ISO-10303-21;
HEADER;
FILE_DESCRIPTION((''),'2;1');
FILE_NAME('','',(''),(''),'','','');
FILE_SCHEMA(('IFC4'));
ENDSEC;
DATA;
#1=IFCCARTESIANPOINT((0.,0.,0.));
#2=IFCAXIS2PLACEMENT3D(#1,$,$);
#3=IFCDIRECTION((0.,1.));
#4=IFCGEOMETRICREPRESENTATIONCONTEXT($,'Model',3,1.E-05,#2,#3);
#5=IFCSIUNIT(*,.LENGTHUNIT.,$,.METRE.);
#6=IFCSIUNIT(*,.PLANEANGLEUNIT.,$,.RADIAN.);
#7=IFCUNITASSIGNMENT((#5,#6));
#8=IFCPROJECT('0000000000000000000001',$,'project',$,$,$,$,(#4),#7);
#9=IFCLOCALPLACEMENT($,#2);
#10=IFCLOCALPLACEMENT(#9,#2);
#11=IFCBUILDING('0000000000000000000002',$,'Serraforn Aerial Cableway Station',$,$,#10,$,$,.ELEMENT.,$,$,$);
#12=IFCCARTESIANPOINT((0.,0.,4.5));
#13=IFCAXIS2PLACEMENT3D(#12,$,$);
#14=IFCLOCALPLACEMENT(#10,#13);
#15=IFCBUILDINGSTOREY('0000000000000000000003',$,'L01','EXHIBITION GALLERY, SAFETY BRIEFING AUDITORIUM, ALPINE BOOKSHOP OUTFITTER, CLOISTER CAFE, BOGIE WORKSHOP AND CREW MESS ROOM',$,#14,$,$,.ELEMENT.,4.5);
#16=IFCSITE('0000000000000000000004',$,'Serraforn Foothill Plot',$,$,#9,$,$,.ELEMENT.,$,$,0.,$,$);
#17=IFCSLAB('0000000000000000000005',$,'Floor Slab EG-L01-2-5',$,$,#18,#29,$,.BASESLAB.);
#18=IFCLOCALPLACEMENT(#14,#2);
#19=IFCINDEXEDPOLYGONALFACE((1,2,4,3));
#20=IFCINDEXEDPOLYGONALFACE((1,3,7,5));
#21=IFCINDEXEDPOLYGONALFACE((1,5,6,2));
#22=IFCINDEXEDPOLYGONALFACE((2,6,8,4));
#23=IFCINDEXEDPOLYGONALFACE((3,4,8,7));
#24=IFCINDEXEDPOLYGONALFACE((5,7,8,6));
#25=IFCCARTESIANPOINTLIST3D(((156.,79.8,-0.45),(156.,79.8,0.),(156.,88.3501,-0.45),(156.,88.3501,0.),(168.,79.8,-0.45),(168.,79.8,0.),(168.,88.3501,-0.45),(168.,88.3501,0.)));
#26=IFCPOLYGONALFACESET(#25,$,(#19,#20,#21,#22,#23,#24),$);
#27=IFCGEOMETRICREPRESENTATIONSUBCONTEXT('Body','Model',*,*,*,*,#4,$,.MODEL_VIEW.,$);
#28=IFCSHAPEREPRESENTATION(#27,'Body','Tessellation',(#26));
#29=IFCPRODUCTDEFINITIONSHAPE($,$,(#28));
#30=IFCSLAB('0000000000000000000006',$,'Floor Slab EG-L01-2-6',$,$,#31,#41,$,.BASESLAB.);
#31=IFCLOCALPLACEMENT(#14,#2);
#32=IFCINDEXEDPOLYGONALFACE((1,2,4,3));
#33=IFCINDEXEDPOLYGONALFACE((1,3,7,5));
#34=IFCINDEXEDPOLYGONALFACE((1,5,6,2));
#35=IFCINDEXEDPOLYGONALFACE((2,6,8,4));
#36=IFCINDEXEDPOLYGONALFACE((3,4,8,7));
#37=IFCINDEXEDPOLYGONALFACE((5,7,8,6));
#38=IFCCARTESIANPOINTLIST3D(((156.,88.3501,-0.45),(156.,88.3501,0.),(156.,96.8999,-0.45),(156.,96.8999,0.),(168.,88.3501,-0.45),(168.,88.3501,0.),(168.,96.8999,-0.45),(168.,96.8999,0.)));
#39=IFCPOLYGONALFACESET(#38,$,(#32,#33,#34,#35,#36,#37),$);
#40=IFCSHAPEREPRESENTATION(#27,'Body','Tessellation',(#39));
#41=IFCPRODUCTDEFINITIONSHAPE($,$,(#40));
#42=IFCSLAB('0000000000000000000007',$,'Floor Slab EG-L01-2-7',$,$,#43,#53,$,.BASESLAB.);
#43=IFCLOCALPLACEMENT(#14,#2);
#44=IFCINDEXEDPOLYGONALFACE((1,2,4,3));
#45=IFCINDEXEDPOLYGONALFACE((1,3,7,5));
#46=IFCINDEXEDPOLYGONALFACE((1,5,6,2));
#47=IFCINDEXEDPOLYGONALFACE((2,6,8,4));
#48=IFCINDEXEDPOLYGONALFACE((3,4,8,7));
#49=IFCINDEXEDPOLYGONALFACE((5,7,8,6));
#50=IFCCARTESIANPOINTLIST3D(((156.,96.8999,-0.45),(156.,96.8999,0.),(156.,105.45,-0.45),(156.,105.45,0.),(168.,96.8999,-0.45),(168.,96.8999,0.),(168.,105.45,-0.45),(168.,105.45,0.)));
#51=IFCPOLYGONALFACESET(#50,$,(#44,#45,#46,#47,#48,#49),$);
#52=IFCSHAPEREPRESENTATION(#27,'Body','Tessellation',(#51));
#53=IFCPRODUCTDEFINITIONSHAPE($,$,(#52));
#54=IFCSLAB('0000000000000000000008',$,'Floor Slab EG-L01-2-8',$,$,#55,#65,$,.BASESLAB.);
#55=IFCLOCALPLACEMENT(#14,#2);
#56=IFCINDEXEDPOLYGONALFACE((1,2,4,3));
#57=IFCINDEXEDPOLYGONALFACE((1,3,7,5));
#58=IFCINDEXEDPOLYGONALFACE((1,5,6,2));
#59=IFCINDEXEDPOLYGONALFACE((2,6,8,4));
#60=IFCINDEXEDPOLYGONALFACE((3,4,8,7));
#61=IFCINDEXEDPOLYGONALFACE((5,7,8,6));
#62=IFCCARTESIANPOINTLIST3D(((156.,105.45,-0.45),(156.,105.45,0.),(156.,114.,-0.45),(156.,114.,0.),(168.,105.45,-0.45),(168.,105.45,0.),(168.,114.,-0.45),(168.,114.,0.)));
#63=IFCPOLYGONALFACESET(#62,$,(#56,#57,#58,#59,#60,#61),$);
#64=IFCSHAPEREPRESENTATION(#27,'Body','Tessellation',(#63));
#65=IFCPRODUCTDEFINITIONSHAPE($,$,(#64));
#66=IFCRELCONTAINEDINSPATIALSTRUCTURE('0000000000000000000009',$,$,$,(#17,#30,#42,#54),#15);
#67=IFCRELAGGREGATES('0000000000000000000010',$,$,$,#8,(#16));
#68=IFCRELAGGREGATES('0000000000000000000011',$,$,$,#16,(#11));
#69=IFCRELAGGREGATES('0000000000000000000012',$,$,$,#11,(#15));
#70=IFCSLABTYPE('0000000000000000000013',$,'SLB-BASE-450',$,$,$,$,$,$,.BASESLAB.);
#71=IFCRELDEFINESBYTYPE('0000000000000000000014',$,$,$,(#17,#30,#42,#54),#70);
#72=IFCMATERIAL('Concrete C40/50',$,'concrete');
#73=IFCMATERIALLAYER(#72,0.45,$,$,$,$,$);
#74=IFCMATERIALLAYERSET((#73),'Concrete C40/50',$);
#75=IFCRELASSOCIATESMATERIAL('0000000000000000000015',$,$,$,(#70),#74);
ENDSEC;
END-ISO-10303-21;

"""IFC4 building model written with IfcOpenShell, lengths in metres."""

from ifc_helpers import new_model, si_unit, direction, frame, origin, place, context, subcontext, project, spatial, polyline, outline, extrude, material, layer, layer_set, type_object, element, save


model = new_model("IFC4")

# Units and contexts
model_context = context("Model", 3, precision=1e-05, world=origin(), true_north=direction((0.0, 1.0)))
body_context = subcontext(model_context, "Body", "Model", "MODEL_VIEW")
ifc_project = project(units=[si_unit("LENGTHUNIT", "METRE"), si_unit("PLANEANGLEUNIT", "RADIAN")], contexts=[model_context])

# Site, building, storey
site_placement = place(None, origin())
site = spatial("IfcSite", under=ifc_project, at=site_placement, Name="Serraforn Foothill Plot", CompositionType="ELEMENT", RefElevation=0.0)
building_placement = place(site_placement, origin())
building = spatial("IfcBuilding", under=site, at=building_placement, Name="Serraforn Aerial Cableway Station", CompositionType="ELEMENT")
storey_placement = place(building_placement, frame((0.0, 0.0, 4.5)))
storey = spatial("IfcBuildingStorey", under=building, at=storey_placement, Name="L01", Description="EXHIBITION GALLERY, SAFETY BRIEFING AUDITORIUM, ALPINE BOOKSHOP OUTFITTER, CLOISTER CAFE, BOGIE WORKSHOP AND CREW MESS ROOM", CompositionType="ELEMENT", Elevation=4.5)

# Slabs
ifc_material_1 = material(Name="Concrete C40/50", Category="concrete")
ifc_layer_1 = layer(ifc_material_1, 0.45)
ifc_layer_set_1 = layer_set([ifc_layer_1], Name="Concrete C40/50")
slab_type_1 = type_object("IfcSlabType", Name="SLB-BASE-450", PredefinedType="BASESLAB", material=ifc_layer_set_1)
slab_1_placement = place(storey_placement, frame((0.0, 0.0, -0.45)))
element("IfcSlab", 1, at=slab_1_placement, inside=storey, type_object=slab_type_1, Name="Floor Slab EG-L01-2-5", PredefinedType="BASESLAB", context=body_context, shape_type="SweptSolid", body=[
    extrude(outline(polyline([(156.0, 79.8), (168.0, 79.8), (168.0, 88.3501), (156.0, 88.3501), (156.0, 79.8)])), origin(), (0.0, 0.0, 1.0), 0.45),
])
slab_2_placement = place(storey_placement, frame((0.0, 0.0, -0.45)))
element("IfcSlab", 2, at=slab_2_placement, inside=storey, type_object=slab_type_1, Name="Floor Slab EG-L01-2-6", PredefinedType="BASESLAB", context=body_context, shape_type="SweptSolid", body=[
    extrude(outline(polyline([(156.0, 88.3501), (168.0, 88.3501), (168.0, 96.8999), (156.0, 96.8999), (156.0, 88.3501)])), origin(), (0.0, 0.0, 1.0), 0.45),
])
slab_3_placement = place(storey_placement, frame((0.0, 0.0, -0.45)))
element("IfcSlab", 3, at=slab_3_placement, inside=storey, type_object=slab_type_1, Name="Floor Slab EG-L01-2-7", PredefinedType="BASESLAB", context=body_context, shape_type="SweptSolid", body=[
    extrude(outline(polyline([(156.0, 96.8999), (168.0, 96.8999), (168.0, 105.45), (156.0, 105.45), (156.0, 96.8999)])), origin(), (0.0, 0.0, 1.0), 0.45),
])
slab_4_placement = place(storey_placement, frame((0.0, 0.0, -0.45)))
element("IfcSlab", 4, at=slab_4_placement, inside=storey, type_object=slab_type_1, Name="Floor Slab EG-L01-2-8", PredefinedType="BASESLAB", context=body_context, shape_type="SweptSolid", body=[
    extrude(outline(polyline([(156.0, 105.45), (168.0, 105.45), (168.0, 114.0), (156.0, 114.0), (156.0, 105.45)])), origin(), (0.0, 0.0, 1.0), 0.45),
])

save(model, "model.ifc")
